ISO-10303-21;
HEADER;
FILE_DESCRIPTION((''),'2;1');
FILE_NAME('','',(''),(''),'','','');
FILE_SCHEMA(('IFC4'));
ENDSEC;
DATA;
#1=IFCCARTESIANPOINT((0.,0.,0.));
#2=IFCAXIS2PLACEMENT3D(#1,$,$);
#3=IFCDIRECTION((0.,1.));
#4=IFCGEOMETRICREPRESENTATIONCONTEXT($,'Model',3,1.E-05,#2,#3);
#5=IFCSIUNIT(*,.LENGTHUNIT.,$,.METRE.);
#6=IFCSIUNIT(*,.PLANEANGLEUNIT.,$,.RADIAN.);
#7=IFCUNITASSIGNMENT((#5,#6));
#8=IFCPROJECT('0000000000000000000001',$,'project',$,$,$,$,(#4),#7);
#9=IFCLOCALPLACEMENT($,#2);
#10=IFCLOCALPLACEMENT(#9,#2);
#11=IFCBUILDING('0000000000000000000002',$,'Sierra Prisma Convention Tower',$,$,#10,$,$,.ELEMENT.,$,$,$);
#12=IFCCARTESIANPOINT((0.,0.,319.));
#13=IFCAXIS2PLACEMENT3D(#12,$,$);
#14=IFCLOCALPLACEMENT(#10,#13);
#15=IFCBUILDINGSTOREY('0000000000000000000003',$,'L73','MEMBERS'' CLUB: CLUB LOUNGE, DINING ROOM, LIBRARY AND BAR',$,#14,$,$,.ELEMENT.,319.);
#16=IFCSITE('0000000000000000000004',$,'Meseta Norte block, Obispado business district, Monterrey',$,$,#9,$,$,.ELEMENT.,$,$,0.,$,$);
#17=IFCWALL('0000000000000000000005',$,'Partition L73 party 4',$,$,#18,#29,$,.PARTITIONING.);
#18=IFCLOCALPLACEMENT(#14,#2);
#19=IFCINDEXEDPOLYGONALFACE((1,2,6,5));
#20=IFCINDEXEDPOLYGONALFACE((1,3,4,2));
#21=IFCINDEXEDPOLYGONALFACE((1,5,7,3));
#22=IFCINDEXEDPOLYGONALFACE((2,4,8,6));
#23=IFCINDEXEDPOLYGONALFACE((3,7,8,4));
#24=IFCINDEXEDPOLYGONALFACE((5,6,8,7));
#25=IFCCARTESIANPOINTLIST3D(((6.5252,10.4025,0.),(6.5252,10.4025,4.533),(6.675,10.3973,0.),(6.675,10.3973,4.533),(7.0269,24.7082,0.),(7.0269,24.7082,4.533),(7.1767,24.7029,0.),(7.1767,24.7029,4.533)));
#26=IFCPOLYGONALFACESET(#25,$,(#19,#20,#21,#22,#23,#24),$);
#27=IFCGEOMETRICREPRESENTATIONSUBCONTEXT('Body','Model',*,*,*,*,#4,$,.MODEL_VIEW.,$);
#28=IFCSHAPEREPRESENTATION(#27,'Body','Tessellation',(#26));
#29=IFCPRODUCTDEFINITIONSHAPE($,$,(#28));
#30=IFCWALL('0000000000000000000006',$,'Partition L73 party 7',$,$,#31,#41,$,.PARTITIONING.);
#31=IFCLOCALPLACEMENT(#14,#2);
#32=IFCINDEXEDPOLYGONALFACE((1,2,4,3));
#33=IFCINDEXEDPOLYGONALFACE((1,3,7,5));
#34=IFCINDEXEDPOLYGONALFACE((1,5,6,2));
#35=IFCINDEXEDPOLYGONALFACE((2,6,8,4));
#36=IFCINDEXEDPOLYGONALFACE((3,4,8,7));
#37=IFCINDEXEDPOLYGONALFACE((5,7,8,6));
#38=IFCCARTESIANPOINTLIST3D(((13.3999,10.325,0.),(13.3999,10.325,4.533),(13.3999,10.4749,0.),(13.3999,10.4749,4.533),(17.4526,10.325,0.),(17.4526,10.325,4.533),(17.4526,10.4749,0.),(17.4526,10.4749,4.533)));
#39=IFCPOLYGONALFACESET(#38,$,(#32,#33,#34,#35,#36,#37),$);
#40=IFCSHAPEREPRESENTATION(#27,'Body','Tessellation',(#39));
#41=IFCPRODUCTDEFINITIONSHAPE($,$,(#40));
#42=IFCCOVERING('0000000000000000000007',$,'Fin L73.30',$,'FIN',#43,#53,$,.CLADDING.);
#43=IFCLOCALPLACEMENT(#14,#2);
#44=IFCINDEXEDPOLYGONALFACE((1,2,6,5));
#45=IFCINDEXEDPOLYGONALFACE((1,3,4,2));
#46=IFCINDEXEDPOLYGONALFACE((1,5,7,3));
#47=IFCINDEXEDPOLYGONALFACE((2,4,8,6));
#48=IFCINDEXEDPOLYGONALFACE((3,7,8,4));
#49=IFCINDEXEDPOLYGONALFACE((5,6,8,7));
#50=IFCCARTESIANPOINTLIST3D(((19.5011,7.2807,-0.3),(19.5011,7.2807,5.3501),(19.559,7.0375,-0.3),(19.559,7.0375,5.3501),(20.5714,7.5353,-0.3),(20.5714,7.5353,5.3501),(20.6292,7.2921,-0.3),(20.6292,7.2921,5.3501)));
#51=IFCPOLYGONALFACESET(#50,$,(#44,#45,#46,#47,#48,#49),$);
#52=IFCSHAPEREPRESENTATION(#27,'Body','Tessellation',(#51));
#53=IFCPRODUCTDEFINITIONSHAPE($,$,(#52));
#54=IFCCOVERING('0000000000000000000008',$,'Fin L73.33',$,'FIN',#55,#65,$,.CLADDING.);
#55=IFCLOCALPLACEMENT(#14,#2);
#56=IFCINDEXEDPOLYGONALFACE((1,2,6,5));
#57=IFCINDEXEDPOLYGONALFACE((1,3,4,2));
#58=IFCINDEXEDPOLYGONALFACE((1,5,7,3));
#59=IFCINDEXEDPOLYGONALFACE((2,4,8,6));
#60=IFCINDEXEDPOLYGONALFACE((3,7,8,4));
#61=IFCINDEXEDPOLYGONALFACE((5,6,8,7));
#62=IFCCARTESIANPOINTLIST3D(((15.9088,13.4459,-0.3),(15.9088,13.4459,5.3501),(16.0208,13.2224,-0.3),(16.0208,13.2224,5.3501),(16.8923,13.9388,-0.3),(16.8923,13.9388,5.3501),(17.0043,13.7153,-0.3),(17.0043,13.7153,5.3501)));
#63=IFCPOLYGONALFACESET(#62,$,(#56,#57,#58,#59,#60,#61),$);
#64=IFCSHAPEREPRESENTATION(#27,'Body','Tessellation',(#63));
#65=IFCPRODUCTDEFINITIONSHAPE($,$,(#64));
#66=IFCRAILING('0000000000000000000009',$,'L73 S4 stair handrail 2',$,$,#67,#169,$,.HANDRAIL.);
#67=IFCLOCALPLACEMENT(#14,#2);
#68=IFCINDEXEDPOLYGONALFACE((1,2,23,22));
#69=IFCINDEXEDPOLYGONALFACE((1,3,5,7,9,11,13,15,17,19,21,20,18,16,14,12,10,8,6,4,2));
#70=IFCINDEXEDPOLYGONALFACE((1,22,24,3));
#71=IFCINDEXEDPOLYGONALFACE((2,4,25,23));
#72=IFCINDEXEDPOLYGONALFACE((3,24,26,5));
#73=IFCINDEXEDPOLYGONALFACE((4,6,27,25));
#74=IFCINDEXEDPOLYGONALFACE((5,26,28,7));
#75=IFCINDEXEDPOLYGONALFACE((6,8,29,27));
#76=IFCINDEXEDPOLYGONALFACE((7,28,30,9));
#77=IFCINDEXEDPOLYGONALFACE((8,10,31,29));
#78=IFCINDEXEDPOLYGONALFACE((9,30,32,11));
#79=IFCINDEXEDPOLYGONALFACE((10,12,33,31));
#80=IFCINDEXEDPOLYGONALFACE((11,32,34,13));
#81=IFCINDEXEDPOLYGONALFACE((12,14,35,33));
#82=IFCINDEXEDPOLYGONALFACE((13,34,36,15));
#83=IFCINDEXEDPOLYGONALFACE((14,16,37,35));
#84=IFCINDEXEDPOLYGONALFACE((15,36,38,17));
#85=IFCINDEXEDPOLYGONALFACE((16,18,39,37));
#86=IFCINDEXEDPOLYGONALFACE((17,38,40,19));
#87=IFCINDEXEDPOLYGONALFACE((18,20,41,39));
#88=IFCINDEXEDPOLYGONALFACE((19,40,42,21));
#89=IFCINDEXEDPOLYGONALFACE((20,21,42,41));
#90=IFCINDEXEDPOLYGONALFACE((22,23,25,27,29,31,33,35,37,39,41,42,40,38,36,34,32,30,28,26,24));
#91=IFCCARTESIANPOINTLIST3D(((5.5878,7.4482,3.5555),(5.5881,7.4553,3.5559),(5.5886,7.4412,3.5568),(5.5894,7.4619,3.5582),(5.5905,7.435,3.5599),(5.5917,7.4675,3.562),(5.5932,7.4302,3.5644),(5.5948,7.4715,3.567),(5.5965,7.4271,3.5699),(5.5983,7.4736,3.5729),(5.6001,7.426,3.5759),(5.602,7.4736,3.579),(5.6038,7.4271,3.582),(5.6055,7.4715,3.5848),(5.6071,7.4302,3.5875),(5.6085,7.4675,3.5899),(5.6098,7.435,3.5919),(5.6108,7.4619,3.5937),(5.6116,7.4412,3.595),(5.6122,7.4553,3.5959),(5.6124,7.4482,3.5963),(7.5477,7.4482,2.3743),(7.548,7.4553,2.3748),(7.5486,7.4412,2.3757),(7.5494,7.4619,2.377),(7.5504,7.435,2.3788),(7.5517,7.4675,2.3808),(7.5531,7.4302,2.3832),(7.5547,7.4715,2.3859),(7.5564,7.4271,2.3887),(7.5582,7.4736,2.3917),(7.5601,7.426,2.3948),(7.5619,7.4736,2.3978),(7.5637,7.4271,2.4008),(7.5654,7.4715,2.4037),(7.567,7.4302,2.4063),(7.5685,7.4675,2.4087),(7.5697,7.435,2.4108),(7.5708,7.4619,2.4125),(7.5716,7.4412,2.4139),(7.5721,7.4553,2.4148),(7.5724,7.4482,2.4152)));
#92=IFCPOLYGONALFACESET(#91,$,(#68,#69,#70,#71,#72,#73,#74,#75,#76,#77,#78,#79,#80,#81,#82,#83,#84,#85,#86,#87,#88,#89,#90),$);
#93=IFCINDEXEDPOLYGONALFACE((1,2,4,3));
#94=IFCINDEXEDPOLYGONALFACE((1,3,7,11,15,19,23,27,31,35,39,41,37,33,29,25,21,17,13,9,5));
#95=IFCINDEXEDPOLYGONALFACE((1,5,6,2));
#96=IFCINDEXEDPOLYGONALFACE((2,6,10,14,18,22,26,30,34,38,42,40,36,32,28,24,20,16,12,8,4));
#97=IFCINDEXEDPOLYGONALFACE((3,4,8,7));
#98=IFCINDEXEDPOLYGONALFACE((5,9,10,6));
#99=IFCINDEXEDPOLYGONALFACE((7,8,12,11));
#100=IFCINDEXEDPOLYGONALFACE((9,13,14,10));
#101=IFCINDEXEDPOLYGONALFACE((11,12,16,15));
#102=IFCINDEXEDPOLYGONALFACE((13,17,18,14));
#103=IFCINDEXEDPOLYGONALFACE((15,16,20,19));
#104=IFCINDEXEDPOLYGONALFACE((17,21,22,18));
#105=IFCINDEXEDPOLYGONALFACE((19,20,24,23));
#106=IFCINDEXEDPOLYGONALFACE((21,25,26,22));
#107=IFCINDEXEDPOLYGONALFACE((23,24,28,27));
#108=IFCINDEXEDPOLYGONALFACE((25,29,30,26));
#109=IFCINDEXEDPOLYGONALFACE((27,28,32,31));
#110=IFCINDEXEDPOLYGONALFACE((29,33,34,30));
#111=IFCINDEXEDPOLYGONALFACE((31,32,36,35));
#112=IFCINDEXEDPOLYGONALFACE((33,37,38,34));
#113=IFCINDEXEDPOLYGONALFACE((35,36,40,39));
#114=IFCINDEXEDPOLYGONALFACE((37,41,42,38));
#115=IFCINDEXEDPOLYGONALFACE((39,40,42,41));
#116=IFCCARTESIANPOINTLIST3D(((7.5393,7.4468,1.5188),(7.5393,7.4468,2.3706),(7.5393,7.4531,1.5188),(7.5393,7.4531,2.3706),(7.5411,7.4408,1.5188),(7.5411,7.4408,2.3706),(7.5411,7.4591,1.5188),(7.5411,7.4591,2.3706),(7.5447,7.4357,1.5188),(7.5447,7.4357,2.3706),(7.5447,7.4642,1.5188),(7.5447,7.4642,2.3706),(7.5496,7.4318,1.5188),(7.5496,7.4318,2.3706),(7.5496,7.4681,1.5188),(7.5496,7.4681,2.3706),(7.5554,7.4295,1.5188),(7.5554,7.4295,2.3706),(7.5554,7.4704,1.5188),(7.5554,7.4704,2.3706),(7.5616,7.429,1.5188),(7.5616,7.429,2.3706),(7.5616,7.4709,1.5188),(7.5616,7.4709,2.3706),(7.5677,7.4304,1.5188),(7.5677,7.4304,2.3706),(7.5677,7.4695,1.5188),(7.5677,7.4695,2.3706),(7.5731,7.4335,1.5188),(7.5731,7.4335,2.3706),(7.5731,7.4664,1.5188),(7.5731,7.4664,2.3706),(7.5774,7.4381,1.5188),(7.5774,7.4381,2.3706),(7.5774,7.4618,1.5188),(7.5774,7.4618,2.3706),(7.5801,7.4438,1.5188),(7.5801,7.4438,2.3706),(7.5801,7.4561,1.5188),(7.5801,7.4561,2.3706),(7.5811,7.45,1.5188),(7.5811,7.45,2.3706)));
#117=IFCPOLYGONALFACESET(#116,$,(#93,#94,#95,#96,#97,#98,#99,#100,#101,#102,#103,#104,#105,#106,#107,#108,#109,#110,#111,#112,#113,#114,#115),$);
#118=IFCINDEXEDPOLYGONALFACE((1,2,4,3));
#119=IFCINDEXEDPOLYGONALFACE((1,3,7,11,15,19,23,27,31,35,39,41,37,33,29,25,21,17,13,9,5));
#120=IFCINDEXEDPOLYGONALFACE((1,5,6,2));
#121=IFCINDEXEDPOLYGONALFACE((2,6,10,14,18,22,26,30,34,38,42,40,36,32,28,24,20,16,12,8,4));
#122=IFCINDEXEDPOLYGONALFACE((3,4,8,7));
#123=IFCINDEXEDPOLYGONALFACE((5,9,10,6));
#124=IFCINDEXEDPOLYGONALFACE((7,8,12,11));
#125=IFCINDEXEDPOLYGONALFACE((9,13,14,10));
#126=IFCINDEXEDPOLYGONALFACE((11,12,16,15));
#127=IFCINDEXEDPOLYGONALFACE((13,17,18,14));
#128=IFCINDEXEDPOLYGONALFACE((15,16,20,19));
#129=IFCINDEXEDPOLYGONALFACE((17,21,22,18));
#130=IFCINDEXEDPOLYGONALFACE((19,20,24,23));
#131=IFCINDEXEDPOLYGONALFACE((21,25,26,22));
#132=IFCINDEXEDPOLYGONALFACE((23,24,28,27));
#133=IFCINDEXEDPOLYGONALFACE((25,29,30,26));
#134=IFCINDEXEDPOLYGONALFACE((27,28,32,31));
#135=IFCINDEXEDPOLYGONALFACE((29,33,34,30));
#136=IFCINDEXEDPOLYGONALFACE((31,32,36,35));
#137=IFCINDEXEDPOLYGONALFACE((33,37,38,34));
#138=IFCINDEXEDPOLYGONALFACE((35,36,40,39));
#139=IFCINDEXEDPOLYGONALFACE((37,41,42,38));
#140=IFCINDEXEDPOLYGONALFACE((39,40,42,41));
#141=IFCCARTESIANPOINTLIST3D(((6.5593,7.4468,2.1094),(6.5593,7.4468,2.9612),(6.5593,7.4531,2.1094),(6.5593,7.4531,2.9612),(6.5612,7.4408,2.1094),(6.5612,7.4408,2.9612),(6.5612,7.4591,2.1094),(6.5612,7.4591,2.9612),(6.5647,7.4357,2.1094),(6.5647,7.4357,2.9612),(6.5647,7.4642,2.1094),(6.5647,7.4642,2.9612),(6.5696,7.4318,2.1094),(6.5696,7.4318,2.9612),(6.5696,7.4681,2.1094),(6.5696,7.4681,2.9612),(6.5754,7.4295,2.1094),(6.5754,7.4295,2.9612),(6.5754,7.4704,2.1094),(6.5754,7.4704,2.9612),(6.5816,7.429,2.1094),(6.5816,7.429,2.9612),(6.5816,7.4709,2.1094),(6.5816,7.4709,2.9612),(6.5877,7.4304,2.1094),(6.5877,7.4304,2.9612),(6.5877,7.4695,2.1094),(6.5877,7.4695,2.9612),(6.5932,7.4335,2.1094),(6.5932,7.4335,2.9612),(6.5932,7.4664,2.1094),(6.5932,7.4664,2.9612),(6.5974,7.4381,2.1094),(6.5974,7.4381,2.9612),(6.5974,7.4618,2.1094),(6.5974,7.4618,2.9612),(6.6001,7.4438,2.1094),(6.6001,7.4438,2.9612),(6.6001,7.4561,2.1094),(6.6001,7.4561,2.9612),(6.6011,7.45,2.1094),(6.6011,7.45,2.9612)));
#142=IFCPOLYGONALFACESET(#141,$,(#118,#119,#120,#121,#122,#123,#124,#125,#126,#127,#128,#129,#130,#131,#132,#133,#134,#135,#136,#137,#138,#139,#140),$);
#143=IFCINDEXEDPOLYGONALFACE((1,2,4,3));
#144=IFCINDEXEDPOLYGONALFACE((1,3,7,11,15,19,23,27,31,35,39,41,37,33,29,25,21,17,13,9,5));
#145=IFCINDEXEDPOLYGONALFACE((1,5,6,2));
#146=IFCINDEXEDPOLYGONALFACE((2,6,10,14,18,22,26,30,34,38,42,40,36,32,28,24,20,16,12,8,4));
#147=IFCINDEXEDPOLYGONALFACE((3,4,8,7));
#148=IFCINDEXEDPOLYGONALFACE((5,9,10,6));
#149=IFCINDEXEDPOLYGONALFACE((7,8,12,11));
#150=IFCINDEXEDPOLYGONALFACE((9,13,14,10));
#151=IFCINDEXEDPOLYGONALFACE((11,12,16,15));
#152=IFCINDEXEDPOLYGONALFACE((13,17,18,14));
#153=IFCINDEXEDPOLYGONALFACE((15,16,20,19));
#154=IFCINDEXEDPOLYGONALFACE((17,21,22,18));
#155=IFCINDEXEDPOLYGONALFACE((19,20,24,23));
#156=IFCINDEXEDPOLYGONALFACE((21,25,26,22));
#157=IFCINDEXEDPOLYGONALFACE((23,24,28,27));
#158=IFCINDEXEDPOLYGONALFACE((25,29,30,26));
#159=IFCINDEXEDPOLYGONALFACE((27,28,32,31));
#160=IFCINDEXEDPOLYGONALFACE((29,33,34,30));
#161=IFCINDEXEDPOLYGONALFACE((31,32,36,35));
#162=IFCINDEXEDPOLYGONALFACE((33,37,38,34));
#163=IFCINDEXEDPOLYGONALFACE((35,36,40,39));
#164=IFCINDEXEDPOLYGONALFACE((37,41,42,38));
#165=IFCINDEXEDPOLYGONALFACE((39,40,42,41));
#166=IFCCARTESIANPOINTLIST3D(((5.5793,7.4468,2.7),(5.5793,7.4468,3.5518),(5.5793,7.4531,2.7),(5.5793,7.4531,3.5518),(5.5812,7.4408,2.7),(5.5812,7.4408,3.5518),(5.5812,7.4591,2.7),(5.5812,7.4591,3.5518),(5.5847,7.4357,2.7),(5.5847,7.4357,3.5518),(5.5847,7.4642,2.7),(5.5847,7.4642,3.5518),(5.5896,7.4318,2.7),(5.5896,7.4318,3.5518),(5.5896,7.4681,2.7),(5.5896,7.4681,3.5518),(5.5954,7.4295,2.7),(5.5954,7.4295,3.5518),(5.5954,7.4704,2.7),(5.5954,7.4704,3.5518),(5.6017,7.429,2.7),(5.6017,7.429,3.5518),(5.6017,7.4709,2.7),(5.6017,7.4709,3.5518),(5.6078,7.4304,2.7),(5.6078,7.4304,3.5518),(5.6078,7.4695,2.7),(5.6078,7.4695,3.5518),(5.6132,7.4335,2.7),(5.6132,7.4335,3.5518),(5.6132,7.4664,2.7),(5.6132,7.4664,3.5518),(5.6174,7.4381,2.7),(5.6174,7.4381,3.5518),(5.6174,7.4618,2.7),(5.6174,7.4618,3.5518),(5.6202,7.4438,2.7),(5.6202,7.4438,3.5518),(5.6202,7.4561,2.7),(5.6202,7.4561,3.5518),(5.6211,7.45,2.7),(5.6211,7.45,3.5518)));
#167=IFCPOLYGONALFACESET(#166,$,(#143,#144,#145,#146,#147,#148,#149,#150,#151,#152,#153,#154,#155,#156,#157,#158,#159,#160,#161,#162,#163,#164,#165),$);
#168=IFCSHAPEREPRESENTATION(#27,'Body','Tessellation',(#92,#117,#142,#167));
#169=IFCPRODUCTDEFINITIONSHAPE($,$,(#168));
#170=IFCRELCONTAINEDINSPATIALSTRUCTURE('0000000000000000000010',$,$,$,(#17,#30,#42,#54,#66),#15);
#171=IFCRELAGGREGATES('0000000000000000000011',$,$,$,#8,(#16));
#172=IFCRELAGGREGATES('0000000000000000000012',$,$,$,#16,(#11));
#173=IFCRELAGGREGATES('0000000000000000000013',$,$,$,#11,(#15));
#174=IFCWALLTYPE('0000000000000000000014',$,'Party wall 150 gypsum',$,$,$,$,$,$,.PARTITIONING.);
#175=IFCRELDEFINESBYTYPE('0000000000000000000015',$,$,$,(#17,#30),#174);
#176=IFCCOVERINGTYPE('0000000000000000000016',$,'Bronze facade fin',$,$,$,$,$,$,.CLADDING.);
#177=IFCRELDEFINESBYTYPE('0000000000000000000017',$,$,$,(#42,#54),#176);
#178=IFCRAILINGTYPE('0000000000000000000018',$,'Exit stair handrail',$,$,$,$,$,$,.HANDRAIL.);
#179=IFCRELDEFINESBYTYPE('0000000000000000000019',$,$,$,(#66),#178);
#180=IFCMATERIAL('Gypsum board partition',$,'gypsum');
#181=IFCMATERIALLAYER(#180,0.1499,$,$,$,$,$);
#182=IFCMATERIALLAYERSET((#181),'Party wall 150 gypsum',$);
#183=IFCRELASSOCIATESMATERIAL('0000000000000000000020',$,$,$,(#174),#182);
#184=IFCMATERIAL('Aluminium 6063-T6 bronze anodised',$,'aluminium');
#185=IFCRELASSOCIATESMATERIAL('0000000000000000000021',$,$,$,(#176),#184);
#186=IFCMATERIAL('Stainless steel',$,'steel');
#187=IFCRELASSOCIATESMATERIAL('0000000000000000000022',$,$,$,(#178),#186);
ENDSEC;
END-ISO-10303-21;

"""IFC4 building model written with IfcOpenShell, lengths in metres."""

from ifc_helpers import new_model, si_unit, direction, frame, frame_2d, origin, origin_2d, place, context, subcontext, project, spatial, rectangle, circle, extrude, material, layer, layer_set, material_profile, profile_set, type_object, element, save


model = new_model("IFC4")

# Units and contexts
model_context = context("Model", 3, precision=1e-05, world=origin(), true_north=direction((0.0, 1.0)))
body_context = subcontext(model_context, "Body", "Model", "MODEL_VIEW")
ifc_project = project(units=[si_unit("LENGTHUNIT", "METRE"), si_unit("PLANEANGLEUNIT", "RADIAN")], contexts=[model_context])

# Site, building, storey
site_placement = place(None, origin())
site = spatial("IfcSite", under=ifc_project, at=site_placement, Name="Meseta Norte block, Obispado business district, Monterrey", CompositionType="ELEMENT", RefElevation=0.0)
building_placement = place(site_placement, origin())
building = spatial("IfcBuilding", under=site, at=building_placement, Name="Sierra Prisma Convention Tower", CompositionType="ELEMENT")
storey_placement = place(building_placement, frame((0.0, 0.0, 319.0)))
storey = spatial("IfcBuildingStorey", under=building, at=storey_placement, Name="L73", Description="MEMBERS' CLUB: CLUB LOUNGE, DINING ROOM, LIBRARY AND BAR", CompositionType="ELEMENT", Elevation=319.0)

# Walls
ifc_material_1 = material(Name="Gypsum board partition", Category="gypsum")
ifc_layer_1 = layer(ifc_material_1, 0.1499)
ifc_layer_set_1 = layer_set([ifc_layer_1], Name="Party wall 150 gypsum")
wall_type_1 = type_object("IfcWallType", Name="Party wall 150 gypsum", PredefinedType="PARTITIONING", material=ifc_layer_set_1)
wall_1_placement = place(storey_placement, frame((6.6001, 10.3999, 0.0), z_axis=(0.0, 0.0, 1.0), x_axis=(0.035049, 0.999386, 0.0)))
element("IfcWall", 1, at=wall_1_placement, inside=storey, type_object=wall_type_1, Name="Partition L73 party 4", PredefinedType="PARTITIONING", context=body_context, shape_type="SweptSolid", body=[
    extrude(rectangle(XDim=14.3145, YDim=0.1499, at=frame_2d((7.1572, 0.0))), origin(), (0.0, 0.0, 1.0), 4.533),
])
wall_2_placement = place(storey_placement, frame((17.4526, 10.3999, 0.0), z_axis=(0.0, 0.0, 1.0), x_axis=(-1.0, 0.0, 0.0)))
element("IfcWall", 2, at=wall_2_placement, inside=storey, type_object=wall_type_1, Name="Partition L73 party 7", PredefinedType="PARTITIONING", context=body_context, shape_type="SweptSolid", body=[
    extrude(rectangle(XDim=4.0527, YDim=0.1499, at=frame_2d((2.0264, 0.0))), origin(), (0.0, 0.0, 1.0), 4.533),
])

# Coverings
ifc_material_2 = material(Name="Aluminium 6063-T6 bronze anodised", Category="aluminium")
ifc_material_profile_1 = material_profile(ifc_material_2, rectangle(XDim=1.1001, YDim=0.25, at=origin_2d()), Name="ALU FIN 1100x250")
ifc_profile_set_1 = profile_set([ifc_material_profile_1], Name="Aluminium 6063-T6 bronze anodised")
covering_type = type_object("IfcCoveringType", Name="Bronze facade fin", PredefinedType="CLADDING", material=ifc_profile_set_1)
for number, where, z_axis, x_axis, name in (
    (3, (20.0652, 7.2864, -0.3), (0.0, 0.0, 1.0), (0.972857, 0.231408, 0.0), "Fin L73.30"),
    (4, (16.4565, 13.5806, -0.3), (0.0, 0.0, 1.0), (0.893998, 0.448071, 0.0), "Fin L73.33"),
):
    element("IfcCovering", number, at=place(storey_placement, frame(where, z_axis=z_axis, x_axis=x_axis)), inside=storey, type_object=covering_type, Name=name, ObjectType="FIN", PredefinedType="CLADDING", context=body_context, shape_type="SweptSolid", body=[
        extrude(rectangle(XDim=1.1001, YDim=0.25, at=origin_2d()), origin(), (0.0, 0.0, 1.0), 5.6501),
    ])

# Railing
ifc_material_3 = material(Name="Stainless steel", Category="steel")
railing_type = type_object("IfcRailingType", Name="Exit stair handrail", PredefinedType="HANDRAIL", material=ifc_material_3)
for number, where, name in (
    (5, (7.5601, 7.45, 1.5188), "L73 S4 stair handrail 2"),
):
    element("IfcRailing", number, at=place(storey_placement, frame(where)), inside=storey, type_object=railing_type, Name=name, PredefinedType="HANDRAIL", context=body_context, shape_type="SweptSolid", body=[
        extrude(circle(Radius=0.0239, at=origin_2d()), frame((0.0, 0.0, 0.876), z_axis=(-0.856493, 0.0, 0.516158), x_axis=(0.0, -1.0, 0.0)), (0.0, 0.0, 1.0), 2.2883),
        extrude(circle(Radius=0.021, at=origin_2d()), origin(), (0.0, 0.0, 1.0), 0.8518),
        extrude(circle(Radius=0.021, at=origin_2d()), frame((-0.98, 0.0, 0.5906)), (0.0, 0.0, 1.0), 0.8518),
        extrude(circle(Radius=0.021, at=origin_2d()), frame((-1.96, 0.0, 1.1812)), (0.0, 0.0, 1.0), 0.8518),
    ])

save(model, "model.ifc")
